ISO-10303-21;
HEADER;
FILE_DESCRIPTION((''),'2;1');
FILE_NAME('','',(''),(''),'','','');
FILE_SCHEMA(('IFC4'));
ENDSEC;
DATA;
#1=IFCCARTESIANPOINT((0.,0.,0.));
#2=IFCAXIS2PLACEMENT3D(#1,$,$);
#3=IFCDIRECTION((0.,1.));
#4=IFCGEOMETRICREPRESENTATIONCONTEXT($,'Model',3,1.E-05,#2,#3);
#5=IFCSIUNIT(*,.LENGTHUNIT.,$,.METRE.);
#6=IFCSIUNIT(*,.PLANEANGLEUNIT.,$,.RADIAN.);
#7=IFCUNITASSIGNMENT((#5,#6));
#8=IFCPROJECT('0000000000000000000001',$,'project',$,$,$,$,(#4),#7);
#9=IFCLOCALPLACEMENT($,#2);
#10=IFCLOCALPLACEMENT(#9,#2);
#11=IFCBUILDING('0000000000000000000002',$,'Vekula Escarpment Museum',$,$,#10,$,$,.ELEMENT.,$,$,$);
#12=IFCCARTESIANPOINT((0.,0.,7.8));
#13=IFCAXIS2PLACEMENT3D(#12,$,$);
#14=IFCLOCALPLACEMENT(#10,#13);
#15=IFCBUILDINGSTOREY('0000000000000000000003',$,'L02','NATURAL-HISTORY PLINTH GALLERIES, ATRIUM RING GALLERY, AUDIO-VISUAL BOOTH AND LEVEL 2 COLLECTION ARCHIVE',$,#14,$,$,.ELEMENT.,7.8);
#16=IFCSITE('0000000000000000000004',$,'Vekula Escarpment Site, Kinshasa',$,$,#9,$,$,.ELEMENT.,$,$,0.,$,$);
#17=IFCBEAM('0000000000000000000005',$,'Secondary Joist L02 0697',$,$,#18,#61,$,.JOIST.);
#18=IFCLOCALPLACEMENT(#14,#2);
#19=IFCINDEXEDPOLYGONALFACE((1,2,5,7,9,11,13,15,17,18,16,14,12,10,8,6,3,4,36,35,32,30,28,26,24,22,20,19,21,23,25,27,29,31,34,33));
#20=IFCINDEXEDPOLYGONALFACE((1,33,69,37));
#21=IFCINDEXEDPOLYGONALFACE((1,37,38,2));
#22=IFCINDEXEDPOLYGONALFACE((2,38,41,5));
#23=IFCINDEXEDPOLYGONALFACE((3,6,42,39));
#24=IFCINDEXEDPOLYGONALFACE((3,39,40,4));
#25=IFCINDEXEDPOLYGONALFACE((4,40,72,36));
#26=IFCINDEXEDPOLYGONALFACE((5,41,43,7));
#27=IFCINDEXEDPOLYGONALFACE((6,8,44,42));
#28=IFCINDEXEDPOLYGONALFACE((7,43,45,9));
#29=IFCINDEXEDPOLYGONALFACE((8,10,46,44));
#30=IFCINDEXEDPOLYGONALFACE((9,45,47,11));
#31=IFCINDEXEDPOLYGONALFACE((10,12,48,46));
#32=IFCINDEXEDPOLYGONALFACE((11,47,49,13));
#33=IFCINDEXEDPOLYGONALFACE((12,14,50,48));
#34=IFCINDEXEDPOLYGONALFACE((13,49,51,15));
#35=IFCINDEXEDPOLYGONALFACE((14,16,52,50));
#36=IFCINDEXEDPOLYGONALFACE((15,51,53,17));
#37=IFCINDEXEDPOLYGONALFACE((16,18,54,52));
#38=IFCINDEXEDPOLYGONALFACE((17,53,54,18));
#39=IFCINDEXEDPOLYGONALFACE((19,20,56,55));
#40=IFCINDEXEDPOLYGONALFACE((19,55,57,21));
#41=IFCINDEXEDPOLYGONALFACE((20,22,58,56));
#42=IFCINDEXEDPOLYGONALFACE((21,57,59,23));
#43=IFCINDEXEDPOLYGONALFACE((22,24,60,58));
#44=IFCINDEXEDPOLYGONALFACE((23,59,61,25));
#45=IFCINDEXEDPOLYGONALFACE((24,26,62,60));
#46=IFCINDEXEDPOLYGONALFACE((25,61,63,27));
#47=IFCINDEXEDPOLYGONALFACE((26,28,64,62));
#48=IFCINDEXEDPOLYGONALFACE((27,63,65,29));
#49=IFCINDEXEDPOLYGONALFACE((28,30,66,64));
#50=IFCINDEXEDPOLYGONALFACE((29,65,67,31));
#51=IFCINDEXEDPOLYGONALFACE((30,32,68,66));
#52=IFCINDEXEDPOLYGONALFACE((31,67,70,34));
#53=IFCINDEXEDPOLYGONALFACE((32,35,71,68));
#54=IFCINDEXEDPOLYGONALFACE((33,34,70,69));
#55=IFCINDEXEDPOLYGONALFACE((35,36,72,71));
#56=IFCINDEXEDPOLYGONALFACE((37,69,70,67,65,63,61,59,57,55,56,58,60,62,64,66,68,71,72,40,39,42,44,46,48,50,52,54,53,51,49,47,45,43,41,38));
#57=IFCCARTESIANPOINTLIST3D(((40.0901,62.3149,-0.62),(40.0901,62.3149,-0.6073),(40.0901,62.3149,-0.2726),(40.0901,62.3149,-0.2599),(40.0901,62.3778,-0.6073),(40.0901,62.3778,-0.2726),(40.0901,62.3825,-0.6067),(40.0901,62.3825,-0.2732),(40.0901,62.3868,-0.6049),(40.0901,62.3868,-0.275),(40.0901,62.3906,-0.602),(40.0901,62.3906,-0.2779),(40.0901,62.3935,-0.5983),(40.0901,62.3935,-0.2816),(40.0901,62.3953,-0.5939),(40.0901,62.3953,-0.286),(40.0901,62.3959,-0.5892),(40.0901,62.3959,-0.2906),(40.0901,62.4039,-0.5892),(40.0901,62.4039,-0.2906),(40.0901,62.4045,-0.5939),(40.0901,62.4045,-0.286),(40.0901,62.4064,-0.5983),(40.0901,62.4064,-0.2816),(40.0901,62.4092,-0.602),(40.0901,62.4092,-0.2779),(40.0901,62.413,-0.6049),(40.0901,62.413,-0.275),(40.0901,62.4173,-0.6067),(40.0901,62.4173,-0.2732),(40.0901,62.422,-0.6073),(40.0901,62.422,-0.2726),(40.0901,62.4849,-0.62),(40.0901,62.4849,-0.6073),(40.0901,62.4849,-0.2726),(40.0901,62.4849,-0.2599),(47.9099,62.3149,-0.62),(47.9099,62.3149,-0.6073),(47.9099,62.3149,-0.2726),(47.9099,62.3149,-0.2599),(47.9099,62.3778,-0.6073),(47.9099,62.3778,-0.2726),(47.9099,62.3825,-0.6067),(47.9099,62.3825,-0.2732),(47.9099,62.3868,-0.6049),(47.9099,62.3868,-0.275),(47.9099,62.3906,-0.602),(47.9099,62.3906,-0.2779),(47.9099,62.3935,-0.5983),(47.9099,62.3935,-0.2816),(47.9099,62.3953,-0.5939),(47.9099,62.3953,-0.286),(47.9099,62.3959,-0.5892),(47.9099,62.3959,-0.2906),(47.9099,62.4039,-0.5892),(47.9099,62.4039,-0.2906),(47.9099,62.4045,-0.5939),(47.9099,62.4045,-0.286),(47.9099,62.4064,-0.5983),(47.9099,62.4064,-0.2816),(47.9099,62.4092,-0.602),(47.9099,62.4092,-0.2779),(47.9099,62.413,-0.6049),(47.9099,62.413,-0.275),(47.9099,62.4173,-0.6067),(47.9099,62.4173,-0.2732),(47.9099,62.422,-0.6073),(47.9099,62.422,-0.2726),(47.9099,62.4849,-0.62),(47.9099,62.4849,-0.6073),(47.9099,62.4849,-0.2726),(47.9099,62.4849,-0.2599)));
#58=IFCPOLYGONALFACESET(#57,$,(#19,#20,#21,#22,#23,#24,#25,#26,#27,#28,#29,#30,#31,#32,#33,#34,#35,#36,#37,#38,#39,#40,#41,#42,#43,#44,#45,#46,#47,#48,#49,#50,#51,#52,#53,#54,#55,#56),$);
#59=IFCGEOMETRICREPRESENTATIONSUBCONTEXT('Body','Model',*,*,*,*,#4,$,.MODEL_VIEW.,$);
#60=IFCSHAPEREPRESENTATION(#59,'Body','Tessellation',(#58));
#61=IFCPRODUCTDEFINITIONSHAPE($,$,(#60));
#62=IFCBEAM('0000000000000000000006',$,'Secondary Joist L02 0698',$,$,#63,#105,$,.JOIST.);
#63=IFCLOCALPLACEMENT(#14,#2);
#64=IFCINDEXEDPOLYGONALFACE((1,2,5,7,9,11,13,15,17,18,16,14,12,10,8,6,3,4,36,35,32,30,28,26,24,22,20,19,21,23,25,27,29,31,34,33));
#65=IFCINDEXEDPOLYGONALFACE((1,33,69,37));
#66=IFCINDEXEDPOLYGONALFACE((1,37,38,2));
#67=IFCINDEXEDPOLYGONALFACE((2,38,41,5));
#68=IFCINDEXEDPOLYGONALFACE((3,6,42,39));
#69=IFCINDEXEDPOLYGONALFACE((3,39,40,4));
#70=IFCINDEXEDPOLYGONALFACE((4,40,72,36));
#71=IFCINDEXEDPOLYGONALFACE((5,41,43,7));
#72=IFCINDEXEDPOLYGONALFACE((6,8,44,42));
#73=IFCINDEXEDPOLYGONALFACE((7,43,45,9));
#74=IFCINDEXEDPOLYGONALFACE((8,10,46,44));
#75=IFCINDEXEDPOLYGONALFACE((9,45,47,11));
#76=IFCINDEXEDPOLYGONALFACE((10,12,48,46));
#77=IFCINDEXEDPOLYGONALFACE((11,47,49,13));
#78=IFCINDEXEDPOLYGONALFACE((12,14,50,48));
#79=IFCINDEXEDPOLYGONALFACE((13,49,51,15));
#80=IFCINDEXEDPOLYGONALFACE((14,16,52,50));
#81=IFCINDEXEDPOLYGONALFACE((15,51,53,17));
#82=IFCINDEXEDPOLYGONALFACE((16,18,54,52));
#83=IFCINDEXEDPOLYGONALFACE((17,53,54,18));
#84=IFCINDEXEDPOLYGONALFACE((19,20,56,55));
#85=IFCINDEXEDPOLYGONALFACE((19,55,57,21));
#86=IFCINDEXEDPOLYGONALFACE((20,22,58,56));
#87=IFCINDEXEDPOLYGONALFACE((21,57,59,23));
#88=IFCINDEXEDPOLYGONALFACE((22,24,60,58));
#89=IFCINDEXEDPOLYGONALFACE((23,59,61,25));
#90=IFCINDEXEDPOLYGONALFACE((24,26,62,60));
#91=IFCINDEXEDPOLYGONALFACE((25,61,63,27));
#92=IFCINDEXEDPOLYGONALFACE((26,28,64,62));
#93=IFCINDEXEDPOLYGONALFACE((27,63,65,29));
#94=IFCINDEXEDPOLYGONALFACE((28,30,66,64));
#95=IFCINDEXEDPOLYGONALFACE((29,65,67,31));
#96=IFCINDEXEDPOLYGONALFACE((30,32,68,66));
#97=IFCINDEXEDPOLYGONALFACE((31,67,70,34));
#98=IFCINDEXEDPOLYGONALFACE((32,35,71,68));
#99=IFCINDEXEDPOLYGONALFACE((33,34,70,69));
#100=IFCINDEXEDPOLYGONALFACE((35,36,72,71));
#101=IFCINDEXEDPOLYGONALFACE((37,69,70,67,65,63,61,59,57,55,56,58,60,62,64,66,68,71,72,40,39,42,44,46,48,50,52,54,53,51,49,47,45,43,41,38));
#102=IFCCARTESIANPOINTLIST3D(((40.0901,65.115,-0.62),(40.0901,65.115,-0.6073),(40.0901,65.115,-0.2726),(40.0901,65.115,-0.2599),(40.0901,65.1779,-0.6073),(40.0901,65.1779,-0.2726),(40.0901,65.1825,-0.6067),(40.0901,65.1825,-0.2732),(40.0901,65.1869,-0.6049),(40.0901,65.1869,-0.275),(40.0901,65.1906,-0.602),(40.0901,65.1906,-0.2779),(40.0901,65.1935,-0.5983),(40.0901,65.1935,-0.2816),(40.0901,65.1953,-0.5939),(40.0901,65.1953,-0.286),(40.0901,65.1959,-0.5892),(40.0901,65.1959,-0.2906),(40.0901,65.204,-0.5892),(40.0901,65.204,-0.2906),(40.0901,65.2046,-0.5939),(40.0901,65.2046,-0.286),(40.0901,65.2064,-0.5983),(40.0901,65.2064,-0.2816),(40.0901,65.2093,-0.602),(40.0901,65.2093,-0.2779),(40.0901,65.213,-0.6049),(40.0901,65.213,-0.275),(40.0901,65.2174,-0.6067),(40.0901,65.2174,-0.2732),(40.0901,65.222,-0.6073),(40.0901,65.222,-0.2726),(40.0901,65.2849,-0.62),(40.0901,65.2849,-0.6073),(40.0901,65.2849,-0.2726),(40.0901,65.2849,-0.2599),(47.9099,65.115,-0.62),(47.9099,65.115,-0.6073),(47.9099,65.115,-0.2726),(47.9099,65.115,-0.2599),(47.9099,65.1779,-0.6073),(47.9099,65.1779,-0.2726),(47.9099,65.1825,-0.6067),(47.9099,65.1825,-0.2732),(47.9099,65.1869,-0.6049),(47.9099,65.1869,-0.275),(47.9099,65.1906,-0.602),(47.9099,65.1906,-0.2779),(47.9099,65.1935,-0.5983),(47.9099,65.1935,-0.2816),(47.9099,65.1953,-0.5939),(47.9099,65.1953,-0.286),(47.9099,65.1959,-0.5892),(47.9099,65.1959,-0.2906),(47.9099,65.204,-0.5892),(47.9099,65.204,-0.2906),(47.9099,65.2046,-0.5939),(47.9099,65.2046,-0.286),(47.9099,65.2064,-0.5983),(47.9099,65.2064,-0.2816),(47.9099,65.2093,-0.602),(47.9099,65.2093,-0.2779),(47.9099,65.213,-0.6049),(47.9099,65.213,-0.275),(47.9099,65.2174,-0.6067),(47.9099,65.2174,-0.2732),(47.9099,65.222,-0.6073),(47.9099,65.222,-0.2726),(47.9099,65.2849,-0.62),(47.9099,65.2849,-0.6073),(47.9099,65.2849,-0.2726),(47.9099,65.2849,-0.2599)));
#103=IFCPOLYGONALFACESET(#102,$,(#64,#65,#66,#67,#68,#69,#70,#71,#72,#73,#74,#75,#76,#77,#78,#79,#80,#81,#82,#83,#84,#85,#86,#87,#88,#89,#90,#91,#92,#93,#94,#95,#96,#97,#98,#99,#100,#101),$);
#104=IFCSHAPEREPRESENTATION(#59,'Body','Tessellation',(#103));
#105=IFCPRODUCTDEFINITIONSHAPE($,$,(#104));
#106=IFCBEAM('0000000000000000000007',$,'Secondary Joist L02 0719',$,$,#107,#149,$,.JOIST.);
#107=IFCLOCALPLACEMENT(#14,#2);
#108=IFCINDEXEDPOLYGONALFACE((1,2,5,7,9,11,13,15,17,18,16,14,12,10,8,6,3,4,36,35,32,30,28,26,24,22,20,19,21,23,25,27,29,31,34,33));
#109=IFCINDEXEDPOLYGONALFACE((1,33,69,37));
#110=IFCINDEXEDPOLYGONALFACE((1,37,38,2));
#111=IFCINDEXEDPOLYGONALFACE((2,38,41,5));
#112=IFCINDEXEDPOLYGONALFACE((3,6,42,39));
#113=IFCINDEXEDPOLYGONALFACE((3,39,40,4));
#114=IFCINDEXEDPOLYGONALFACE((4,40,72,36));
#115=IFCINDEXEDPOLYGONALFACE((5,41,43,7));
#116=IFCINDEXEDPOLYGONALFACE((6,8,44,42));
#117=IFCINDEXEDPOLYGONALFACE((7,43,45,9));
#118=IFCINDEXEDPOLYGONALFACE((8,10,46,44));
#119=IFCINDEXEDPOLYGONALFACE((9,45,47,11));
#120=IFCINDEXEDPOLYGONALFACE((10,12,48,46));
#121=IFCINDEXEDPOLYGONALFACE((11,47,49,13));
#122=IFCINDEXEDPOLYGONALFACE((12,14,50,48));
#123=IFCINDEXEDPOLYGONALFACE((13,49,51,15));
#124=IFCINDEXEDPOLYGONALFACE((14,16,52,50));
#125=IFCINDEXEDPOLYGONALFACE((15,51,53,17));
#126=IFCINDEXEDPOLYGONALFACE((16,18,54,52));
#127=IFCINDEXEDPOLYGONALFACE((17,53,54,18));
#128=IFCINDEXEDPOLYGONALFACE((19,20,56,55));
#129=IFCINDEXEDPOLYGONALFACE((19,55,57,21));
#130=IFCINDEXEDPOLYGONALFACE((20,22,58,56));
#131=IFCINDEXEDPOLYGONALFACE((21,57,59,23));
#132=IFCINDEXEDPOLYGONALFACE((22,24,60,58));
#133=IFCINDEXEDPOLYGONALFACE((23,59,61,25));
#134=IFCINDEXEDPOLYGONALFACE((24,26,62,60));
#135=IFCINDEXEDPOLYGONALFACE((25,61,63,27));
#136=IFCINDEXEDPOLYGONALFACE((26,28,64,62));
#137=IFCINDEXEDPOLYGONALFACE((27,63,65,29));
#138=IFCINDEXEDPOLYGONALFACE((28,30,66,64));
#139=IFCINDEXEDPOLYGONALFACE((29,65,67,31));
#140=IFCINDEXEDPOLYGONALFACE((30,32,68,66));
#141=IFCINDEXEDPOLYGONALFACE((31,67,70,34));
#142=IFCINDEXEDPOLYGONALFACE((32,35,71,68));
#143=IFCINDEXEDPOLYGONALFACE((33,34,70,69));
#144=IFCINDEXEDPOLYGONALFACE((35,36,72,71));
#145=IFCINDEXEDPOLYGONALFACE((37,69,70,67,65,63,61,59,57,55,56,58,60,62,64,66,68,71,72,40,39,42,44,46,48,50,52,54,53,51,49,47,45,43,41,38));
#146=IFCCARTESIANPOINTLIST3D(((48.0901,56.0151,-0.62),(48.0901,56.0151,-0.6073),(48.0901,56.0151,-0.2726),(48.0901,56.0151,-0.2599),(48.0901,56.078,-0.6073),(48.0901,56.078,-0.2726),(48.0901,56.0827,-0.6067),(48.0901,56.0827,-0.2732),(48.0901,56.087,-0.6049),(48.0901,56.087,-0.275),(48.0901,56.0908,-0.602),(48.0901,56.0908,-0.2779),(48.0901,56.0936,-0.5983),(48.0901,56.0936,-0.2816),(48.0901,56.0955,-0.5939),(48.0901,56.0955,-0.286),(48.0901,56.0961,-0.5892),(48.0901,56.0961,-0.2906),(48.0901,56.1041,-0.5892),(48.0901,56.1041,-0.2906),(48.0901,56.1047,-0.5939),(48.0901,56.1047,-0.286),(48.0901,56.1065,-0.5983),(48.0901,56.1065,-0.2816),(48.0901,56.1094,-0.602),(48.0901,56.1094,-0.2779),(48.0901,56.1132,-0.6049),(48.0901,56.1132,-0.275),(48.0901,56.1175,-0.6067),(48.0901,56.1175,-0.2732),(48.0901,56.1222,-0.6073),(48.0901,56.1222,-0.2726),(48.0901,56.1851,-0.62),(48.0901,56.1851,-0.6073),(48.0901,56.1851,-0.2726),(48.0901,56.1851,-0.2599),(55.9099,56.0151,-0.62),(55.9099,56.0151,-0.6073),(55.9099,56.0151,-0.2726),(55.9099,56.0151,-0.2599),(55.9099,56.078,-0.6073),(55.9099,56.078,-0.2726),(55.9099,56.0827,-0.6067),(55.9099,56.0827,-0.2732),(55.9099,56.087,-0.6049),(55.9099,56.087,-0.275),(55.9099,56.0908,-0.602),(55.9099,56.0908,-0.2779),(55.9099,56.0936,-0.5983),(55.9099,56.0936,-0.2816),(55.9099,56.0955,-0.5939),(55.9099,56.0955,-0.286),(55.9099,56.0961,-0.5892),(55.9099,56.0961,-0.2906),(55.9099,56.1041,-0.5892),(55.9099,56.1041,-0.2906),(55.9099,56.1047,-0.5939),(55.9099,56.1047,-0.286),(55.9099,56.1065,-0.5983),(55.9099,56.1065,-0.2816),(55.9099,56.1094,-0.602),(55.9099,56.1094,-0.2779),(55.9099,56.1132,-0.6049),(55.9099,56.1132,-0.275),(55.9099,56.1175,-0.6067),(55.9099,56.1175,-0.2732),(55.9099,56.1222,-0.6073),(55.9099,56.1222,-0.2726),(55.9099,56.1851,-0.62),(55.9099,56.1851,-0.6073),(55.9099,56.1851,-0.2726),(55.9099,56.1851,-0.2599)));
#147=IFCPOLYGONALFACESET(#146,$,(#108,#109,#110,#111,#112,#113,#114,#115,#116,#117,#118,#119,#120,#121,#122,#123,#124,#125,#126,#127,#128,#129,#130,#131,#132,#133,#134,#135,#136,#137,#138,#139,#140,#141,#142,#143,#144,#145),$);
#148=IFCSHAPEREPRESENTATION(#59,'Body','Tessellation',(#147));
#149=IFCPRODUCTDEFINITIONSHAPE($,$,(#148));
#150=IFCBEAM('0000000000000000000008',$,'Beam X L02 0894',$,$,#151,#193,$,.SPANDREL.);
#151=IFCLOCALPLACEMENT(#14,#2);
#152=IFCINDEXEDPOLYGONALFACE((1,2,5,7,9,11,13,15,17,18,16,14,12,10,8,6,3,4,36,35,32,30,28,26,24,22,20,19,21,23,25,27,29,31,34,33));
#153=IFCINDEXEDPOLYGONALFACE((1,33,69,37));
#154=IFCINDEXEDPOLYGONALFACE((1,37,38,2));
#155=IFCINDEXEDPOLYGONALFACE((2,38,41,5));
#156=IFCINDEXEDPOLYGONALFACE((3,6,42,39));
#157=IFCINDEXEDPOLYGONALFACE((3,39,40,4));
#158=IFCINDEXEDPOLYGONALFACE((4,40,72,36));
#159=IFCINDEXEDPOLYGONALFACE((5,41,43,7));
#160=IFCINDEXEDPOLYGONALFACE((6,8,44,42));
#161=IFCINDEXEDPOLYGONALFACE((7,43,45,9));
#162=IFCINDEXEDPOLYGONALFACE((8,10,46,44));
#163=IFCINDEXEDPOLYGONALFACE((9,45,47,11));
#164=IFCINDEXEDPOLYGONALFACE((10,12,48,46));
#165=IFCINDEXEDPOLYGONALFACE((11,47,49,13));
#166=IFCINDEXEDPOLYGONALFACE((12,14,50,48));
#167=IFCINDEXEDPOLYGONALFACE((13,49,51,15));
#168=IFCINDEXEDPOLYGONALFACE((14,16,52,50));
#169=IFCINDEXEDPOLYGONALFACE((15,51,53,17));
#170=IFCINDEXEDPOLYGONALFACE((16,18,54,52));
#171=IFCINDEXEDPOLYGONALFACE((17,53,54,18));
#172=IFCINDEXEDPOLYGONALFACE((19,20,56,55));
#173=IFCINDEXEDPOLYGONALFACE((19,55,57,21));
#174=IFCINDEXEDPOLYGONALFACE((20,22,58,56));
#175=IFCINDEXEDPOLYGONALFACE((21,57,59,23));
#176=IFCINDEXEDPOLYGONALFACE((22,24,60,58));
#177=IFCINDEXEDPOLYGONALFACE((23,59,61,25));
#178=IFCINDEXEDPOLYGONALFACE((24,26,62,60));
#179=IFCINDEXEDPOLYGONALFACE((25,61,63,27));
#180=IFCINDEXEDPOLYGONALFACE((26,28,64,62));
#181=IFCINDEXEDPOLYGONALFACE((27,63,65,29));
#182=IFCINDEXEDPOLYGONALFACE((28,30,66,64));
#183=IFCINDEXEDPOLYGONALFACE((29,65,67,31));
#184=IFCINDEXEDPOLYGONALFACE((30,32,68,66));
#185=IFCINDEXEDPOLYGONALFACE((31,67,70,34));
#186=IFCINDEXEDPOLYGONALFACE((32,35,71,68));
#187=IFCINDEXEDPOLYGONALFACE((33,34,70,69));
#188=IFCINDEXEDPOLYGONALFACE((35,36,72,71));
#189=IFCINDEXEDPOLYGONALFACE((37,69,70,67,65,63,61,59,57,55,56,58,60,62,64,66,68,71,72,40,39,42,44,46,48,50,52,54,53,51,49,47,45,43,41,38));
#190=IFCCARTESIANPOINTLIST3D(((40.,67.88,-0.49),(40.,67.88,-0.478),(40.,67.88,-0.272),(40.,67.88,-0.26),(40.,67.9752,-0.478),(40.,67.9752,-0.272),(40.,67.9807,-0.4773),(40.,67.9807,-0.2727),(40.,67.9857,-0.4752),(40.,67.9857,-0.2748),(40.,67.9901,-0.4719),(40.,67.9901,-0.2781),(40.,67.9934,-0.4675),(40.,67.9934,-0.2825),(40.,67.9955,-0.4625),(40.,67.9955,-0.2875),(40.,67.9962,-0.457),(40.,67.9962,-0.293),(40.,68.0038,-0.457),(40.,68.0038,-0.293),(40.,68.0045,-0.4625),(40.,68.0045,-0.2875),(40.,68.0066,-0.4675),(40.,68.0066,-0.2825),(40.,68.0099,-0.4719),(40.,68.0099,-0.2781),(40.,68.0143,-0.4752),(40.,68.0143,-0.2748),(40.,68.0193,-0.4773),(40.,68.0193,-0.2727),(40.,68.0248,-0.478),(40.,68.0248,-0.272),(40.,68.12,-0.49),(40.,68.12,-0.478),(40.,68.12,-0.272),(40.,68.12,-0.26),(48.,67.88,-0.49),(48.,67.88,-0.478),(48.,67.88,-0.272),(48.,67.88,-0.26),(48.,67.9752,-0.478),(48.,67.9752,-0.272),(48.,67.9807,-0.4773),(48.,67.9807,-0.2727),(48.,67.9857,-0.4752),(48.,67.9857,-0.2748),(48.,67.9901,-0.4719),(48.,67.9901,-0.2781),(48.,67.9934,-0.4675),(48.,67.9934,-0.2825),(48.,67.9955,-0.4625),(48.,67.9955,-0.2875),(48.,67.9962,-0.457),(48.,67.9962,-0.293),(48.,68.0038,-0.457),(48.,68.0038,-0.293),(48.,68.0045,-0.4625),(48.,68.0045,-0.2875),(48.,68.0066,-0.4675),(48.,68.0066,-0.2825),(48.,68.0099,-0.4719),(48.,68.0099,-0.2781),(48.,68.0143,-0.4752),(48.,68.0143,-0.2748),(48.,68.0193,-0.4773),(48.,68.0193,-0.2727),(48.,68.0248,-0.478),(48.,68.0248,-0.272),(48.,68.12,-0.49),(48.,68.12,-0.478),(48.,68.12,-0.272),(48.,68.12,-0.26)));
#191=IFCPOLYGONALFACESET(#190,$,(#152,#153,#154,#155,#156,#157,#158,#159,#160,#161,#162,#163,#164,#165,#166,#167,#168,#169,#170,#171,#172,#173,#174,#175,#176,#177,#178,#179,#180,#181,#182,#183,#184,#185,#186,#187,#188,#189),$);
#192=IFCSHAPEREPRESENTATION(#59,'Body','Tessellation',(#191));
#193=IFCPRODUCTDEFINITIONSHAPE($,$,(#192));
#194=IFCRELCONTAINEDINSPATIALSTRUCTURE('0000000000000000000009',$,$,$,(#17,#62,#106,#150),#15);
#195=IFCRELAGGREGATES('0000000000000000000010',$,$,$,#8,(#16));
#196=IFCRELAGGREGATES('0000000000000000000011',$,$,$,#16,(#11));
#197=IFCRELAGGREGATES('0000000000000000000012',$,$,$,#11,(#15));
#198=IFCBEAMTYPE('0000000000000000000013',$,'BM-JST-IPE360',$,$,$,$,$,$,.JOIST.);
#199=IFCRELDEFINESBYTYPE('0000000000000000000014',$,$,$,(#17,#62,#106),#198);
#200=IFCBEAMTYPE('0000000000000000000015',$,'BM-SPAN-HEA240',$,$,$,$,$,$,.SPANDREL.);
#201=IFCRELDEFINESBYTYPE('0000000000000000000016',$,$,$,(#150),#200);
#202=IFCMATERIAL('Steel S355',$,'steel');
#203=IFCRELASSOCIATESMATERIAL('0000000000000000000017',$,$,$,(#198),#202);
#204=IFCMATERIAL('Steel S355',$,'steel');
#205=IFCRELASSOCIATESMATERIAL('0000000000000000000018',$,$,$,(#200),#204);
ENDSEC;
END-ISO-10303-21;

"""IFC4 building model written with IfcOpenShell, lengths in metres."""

from ifc_helpers import new_model, si_unit, direction, frame, origin, origin_2d, place, context, subcontext, project, spatial, i_section, extrude, material, material_profile, profile_set, type_object, element, save


model = new_model("IFC4")

# Units and contexts
model_context = context("Model", 3, precision=1e-05, world=origin(), true_north=direction((0.0, 1.0)))
body_context = subcontext(model_context, "Body", "Model", "MODEL_VIEW")
ifc_project = project(units=[si_unit("LENGTHUNIT", "METRE"), si_unit("PLANEANGLEUNIT", "RADIAN")], contexts=[model_context])

# Site, building, storey
site_placement = place(None, origin())
site = spatial("IfcSite", under=ifc_project, at=site_placement, Name="Vekula Escarpment Site, Kinshasa", CompositionType="ELEMENT", RefElevation=0.0)
building_placement = place(site_placement, origin())
building = spatial("IfcBuilding", under=site, at=building_placement, Name="Vekula Escarpment Museum", CompositionType="ELEMENT")
storey_placement = place(building_placement, frame((0.0, 0.0, 7.8)))
storey = spatial("IfcBuildingStorey", under=building, at=storey_placement, Name="L02", Description="NATURAL-HISTORY PLINTH GALLERIES, ATRIUM RING GALLERY, AUDIO-VISUAL BOOTH AND LEVEL 2 COLLECTION ARCHIVE", CompositionType="ELEMENT", Elevation=7.8)

# Beams
ifc_material_1 = material(Name="Steel S355", Category="steel")
ifc_material_profile_1 = material_profile(ifc_material_1, i_section(OverallWidth=0.1699, OverallDepth=0.3601, WebThickness=0.0081, FlangeThickness=0.0127, FilletRadius=0.0181, at=origin_2d()), Name="IPE 360")
ifc_profile_set_1 = profile_set([ifc_material_profile_1], Name="Steel S355")
beam_type_1 = type_object("IfcBeamType", Name="BM-JST-IPE360", PredefinedType="JOIST", material=ifc_profile_set_1)
for number, where, z_axis, x_axis, name in (
    (1, (40.0901, 62.3999, -0.4399), (1.0, 0.0, 0.0), (0.0, 1.0, 0.0), "Secondary Joist L02 0697"),
    (2, (40.0901, 65.2, -0.4399), (1.0, 0.0, 0.0), (0.0, 1.0, 0.0), "Secondary Joist L02 0698"),
    (3, (48.0901, 56.1001, -0.4399), (1.0, 0.0, 0.0), (0.0, 1.0, 0.0), "Secondary Joist L02 0719"),
):
    element("IfcBeam", number, at=place(storey_placement, frame(where, z_axis=z_axis, x_axis=x_axis)), inside=storey, type_object=beam_type_1, Name=name, PredefinedType="JOIST", context=body_context, shape_type="SweptSolid", body=[
        extrude(i_section(OverallWidth=0.1699, OverallDepth=0.3601, WebThickness=0.0081, FlangeThickness=0.0127, FilletRadius=0.0181, at=origin_2d()), origin(), (0.0, 0.0, 1.0), 7.8198),
    ])
ifc_material_2 = material(Name="Steel S355", Category="steel")
ifc_material_profile_2 = material_profile(ifc_material_2, i_section(OverallWidth=0.24, OverallDepth=0.23, WebThickness=0.0076, FlangeThickness=0.012, FilletRadius=0.021, at=origin_2d()), Name="HEA 240")
ifc_profile_set_2 = profile_set([ifc_material_profile_2], Name="Steel S355")
beam_type_2 = type_object("IfcBeamType", Name="BM-SPAN-HEA240", PredefinedType="SPANDREL", material=ifc_profile_set_2)
beam_1_placement = place(storey_placement, frame((40.0, 68.0, -0.375), z_axis=(1.0, 0.0, 0.0), x_axis=(0.0, 1.0, 0.0)))
element("IfcBeam", 4, at=beam_1_placement, inside=storey, type_object=beam_type_2, Name="Beam X L02 0894", PredefinedType="SPANDREL", context=body_context, shape_type="SweptSolid", body=[
    extrude(i_section(OverallWidth=0.24, OverallDepth=0.23, WebThickness=0.0076, FlangeThickness=0.012, FilletRadius=0.021, at=origin_2d()), origin(), (0.0, 0.0, 1.0), 8.0),
])

save(model, "model.ifc")
